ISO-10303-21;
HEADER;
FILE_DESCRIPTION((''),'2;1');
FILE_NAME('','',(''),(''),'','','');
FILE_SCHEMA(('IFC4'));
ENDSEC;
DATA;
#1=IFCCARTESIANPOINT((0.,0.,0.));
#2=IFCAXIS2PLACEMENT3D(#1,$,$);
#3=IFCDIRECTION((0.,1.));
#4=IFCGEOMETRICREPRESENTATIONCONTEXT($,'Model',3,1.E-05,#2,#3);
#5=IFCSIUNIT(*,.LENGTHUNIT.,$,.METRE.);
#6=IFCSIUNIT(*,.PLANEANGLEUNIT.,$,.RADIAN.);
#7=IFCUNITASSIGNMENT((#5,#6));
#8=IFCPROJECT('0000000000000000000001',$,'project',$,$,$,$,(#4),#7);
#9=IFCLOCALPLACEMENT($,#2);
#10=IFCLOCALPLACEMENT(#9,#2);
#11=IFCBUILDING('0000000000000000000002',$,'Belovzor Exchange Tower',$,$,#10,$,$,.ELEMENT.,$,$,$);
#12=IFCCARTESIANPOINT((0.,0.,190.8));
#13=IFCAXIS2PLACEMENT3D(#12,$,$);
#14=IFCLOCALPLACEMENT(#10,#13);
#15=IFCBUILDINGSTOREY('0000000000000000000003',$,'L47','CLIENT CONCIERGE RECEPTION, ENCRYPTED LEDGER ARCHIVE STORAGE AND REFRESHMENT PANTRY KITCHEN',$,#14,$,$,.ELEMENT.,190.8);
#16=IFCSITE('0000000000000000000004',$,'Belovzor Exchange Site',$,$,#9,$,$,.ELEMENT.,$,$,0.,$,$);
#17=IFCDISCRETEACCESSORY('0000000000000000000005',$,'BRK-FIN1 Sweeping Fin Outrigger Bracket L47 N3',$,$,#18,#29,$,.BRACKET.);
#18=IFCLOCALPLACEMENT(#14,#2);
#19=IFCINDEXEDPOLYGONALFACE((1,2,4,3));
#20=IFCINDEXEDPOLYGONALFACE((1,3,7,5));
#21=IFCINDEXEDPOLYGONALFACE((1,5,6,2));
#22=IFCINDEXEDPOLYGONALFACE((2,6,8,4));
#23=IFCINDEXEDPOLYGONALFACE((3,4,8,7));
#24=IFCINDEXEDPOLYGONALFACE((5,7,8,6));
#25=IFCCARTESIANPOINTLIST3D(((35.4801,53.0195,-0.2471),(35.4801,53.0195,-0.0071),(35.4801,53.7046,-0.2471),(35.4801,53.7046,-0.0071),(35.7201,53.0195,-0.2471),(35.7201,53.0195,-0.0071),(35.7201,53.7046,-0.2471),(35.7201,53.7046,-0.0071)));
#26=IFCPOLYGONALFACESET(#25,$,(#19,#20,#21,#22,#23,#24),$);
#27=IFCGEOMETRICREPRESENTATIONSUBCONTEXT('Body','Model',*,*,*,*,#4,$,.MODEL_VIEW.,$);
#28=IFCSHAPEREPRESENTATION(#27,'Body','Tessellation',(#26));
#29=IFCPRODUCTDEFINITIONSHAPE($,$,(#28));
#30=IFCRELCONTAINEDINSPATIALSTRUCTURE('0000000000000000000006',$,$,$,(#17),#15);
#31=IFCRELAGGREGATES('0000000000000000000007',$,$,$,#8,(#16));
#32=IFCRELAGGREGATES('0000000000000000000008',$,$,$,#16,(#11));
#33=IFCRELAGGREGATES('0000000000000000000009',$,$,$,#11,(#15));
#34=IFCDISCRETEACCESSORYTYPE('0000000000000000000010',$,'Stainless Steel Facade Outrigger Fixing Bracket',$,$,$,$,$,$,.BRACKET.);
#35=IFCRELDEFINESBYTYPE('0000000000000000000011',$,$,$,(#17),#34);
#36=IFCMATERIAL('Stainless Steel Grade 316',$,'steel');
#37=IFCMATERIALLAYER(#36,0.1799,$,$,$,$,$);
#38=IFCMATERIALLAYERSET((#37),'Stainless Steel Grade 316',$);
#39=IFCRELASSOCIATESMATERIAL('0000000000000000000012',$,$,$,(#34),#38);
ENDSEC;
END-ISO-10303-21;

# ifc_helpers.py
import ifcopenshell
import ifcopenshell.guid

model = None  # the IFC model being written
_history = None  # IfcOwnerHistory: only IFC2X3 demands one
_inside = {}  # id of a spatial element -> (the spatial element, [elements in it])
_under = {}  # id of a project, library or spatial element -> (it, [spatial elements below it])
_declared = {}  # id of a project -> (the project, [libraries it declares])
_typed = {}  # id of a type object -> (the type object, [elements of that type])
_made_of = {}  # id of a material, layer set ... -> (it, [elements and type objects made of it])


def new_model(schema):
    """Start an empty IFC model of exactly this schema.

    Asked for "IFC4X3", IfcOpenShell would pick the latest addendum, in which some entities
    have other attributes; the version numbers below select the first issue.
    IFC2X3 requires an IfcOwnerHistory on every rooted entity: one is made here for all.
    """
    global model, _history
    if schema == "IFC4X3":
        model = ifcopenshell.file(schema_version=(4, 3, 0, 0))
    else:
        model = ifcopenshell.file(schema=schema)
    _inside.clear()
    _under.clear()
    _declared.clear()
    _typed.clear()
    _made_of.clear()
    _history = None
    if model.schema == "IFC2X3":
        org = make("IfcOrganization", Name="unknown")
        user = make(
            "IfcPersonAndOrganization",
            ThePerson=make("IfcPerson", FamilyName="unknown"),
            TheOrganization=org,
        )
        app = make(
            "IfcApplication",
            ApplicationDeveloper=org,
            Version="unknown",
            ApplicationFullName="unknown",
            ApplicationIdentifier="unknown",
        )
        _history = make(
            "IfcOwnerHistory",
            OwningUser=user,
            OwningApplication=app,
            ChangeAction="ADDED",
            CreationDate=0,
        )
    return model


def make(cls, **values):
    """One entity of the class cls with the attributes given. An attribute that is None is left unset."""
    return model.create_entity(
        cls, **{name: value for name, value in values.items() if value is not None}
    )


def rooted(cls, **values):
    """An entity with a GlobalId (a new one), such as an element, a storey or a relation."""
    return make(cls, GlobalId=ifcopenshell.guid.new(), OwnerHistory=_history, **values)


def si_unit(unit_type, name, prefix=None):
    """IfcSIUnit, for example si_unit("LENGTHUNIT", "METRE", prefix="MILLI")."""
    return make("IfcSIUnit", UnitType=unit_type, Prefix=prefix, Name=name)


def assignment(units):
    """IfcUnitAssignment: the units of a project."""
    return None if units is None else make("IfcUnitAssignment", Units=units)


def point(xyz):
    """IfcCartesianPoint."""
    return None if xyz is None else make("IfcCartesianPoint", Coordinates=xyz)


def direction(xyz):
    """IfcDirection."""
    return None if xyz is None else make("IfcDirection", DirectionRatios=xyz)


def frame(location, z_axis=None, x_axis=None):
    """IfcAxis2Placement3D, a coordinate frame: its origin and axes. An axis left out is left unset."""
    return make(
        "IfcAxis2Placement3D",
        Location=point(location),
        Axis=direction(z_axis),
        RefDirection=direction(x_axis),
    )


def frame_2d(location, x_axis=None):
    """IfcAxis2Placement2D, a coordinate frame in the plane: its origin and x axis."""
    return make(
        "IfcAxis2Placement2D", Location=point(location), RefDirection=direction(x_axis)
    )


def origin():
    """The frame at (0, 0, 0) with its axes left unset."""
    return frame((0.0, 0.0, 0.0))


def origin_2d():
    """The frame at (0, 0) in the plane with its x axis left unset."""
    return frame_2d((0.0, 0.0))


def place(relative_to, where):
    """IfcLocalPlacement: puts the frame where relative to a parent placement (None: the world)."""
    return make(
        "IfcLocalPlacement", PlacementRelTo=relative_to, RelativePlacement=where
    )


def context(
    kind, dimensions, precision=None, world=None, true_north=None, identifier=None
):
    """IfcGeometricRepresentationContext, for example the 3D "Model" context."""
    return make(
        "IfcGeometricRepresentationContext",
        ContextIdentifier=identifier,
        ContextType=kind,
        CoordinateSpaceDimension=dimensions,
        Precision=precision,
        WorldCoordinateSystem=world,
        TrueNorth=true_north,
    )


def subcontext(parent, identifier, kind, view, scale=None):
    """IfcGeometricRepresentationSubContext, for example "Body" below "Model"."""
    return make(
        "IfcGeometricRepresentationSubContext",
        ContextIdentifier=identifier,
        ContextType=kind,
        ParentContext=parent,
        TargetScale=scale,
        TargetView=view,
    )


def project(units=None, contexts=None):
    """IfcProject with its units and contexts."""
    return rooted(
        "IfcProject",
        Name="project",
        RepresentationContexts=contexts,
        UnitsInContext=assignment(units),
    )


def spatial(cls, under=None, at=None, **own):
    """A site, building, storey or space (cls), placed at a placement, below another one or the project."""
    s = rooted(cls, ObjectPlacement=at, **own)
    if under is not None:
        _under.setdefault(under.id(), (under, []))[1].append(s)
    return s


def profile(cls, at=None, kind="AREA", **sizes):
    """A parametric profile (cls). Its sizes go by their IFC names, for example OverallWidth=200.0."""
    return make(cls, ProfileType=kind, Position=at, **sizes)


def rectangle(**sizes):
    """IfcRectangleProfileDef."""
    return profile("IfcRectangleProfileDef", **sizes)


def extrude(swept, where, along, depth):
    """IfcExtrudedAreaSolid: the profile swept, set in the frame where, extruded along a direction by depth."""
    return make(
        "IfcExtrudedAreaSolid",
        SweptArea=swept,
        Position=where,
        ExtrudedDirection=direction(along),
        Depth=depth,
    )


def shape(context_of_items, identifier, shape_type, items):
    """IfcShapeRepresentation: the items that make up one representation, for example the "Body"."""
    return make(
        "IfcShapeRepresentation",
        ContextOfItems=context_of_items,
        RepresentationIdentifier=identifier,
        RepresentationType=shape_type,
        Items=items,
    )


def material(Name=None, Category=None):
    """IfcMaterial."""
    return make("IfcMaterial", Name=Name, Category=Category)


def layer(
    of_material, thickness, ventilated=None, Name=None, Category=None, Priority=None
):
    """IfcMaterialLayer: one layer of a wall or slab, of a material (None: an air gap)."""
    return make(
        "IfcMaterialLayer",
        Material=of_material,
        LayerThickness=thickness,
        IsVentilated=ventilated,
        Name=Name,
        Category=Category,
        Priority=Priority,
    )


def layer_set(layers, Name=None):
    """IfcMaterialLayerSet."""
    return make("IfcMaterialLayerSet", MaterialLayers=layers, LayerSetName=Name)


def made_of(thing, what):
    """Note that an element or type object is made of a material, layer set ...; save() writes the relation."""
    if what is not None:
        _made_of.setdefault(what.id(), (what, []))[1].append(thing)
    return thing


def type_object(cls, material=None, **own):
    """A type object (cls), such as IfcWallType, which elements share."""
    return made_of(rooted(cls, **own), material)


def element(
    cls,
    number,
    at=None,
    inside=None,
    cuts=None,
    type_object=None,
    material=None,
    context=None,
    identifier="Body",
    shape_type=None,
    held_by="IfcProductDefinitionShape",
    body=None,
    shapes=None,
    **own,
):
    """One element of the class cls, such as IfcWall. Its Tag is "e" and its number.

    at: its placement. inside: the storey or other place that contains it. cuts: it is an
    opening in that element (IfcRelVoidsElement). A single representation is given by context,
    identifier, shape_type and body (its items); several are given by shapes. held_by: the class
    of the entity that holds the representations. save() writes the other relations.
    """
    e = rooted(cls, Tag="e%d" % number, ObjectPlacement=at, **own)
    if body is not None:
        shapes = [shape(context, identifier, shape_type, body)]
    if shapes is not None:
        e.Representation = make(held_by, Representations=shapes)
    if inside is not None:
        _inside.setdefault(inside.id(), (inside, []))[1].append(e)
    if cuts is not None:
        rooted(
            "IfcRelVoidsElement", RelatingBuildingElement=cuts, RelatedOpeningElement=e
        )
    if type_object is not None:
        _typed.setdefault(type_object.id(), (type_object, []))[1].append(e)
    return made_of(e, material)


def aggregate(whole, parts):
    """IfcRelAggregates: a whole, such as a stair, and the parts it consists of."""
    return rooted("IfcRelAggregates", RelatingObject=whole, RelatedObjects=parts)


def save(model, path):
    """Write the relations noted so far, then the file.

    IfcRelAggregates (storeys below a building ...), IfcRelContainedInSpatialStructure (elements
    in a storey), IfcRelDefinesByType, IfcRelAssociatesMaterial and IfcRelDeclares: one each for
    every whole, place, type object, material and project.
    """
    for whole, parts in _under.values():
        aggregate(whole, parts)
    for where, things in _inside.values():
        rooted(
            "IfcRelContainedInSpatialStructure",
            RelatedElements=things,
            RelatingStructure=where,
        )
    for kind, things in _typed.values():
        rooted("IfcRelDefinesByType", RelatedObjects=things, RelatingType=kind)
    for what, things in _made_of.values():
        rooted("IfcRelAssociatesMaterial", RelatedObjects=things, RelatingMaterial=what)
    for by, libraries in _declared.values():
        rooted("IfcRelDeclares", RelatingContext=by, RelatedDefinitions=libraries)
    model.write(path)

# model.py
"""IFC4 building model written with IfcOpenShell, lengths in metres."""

from ifc_helpers import new_model, si_unit, direction, frame, origin, origin_2d, place, context, subcontext, project, spatial, rectangle, extrude, material, layer, layer_set, type_object, element, save


model = new_model("IFC4")

# Units and contexts
model_context = context("Model", 3, precision=1e-05, world=origin(), true_north=direction((0.0, 1.0)))
body_context = subcontext(model_context, "Body", "Model", "MODEL_VIEW")
ifc_project = project(units=[si_unit("LENGTHUNIT", "METRE"), si_unit("PLANEANGLEUNIT", "RADIAN")], contexts=[model_context])

# Site, building, storey
site_placement = place(None, origin())
site = spatial("IfcSite", under=ifc_project, at=site_placement, Name="Belovzor Exchange Site", CompositionType="ELEMENT", RefElevation=0.0)
building_placement = place(site_placement, origin())
building = spatial("IfcBuilding", under=site, at=building_placement, Name="Belovzor Exchange Tower", CompositionType="ELEMENT")
storey_placement = place(building_placement, frame((0.0, 0.0, 190.8)))
storey = spatial("IfcBuildingStorey", under=building, at=storey_placement, Name="L47", Description="CLIENT CONCIERGE RECEPTION, ENCRYPTED LEDGER ARCHIVE STORAGE AND REFRESHMENT PANTRY KITCHEN", CompositionType="ELEMENT", Elevation=190.8)

# Discrete accessory
ifc_material_1 = material(Name="Stainless Steel Grade 316", Category="steel")
ifc_layer_1 = layer(ifc_material_1, 0.1799)
ifc_layer_set_1 = layer_set([ifc_layer_1], Name="Stainless Steel Grade 316")
discrete_accessory_type = type_object("IfcDiscreteAccessoryType", Name="Stainless Steel Facade Outrigger Fixing Bracket", PredefinedType="BRACKET", material=ifc_layer_set_1)
discrete_accessory_placement = place(storey_placement, frame((35.6001, 53.3621, -0.2471), z_axis=(0.0, 0.0, 1.0), x_axis=(0.0, 1.0, 0.0)))
element("IfcDiscreteAccessory", 1, at=discrete_accessory_placement, inside=storey, type_object=discrete_accessory_type, Name="BRK-FIN1 Sweeping Fin Outrigger Bracket L47 N3", PredefinedType="BRACKET", context=body_context, shape_type="SweptSolid", body=[
    extrude(rectangle(XDim=0.6851, YDim=0.24, at=origin_2d()), origin(), (0.0, 0.0, 1.0), 0.24),
])

save(model, "model.ifc")
